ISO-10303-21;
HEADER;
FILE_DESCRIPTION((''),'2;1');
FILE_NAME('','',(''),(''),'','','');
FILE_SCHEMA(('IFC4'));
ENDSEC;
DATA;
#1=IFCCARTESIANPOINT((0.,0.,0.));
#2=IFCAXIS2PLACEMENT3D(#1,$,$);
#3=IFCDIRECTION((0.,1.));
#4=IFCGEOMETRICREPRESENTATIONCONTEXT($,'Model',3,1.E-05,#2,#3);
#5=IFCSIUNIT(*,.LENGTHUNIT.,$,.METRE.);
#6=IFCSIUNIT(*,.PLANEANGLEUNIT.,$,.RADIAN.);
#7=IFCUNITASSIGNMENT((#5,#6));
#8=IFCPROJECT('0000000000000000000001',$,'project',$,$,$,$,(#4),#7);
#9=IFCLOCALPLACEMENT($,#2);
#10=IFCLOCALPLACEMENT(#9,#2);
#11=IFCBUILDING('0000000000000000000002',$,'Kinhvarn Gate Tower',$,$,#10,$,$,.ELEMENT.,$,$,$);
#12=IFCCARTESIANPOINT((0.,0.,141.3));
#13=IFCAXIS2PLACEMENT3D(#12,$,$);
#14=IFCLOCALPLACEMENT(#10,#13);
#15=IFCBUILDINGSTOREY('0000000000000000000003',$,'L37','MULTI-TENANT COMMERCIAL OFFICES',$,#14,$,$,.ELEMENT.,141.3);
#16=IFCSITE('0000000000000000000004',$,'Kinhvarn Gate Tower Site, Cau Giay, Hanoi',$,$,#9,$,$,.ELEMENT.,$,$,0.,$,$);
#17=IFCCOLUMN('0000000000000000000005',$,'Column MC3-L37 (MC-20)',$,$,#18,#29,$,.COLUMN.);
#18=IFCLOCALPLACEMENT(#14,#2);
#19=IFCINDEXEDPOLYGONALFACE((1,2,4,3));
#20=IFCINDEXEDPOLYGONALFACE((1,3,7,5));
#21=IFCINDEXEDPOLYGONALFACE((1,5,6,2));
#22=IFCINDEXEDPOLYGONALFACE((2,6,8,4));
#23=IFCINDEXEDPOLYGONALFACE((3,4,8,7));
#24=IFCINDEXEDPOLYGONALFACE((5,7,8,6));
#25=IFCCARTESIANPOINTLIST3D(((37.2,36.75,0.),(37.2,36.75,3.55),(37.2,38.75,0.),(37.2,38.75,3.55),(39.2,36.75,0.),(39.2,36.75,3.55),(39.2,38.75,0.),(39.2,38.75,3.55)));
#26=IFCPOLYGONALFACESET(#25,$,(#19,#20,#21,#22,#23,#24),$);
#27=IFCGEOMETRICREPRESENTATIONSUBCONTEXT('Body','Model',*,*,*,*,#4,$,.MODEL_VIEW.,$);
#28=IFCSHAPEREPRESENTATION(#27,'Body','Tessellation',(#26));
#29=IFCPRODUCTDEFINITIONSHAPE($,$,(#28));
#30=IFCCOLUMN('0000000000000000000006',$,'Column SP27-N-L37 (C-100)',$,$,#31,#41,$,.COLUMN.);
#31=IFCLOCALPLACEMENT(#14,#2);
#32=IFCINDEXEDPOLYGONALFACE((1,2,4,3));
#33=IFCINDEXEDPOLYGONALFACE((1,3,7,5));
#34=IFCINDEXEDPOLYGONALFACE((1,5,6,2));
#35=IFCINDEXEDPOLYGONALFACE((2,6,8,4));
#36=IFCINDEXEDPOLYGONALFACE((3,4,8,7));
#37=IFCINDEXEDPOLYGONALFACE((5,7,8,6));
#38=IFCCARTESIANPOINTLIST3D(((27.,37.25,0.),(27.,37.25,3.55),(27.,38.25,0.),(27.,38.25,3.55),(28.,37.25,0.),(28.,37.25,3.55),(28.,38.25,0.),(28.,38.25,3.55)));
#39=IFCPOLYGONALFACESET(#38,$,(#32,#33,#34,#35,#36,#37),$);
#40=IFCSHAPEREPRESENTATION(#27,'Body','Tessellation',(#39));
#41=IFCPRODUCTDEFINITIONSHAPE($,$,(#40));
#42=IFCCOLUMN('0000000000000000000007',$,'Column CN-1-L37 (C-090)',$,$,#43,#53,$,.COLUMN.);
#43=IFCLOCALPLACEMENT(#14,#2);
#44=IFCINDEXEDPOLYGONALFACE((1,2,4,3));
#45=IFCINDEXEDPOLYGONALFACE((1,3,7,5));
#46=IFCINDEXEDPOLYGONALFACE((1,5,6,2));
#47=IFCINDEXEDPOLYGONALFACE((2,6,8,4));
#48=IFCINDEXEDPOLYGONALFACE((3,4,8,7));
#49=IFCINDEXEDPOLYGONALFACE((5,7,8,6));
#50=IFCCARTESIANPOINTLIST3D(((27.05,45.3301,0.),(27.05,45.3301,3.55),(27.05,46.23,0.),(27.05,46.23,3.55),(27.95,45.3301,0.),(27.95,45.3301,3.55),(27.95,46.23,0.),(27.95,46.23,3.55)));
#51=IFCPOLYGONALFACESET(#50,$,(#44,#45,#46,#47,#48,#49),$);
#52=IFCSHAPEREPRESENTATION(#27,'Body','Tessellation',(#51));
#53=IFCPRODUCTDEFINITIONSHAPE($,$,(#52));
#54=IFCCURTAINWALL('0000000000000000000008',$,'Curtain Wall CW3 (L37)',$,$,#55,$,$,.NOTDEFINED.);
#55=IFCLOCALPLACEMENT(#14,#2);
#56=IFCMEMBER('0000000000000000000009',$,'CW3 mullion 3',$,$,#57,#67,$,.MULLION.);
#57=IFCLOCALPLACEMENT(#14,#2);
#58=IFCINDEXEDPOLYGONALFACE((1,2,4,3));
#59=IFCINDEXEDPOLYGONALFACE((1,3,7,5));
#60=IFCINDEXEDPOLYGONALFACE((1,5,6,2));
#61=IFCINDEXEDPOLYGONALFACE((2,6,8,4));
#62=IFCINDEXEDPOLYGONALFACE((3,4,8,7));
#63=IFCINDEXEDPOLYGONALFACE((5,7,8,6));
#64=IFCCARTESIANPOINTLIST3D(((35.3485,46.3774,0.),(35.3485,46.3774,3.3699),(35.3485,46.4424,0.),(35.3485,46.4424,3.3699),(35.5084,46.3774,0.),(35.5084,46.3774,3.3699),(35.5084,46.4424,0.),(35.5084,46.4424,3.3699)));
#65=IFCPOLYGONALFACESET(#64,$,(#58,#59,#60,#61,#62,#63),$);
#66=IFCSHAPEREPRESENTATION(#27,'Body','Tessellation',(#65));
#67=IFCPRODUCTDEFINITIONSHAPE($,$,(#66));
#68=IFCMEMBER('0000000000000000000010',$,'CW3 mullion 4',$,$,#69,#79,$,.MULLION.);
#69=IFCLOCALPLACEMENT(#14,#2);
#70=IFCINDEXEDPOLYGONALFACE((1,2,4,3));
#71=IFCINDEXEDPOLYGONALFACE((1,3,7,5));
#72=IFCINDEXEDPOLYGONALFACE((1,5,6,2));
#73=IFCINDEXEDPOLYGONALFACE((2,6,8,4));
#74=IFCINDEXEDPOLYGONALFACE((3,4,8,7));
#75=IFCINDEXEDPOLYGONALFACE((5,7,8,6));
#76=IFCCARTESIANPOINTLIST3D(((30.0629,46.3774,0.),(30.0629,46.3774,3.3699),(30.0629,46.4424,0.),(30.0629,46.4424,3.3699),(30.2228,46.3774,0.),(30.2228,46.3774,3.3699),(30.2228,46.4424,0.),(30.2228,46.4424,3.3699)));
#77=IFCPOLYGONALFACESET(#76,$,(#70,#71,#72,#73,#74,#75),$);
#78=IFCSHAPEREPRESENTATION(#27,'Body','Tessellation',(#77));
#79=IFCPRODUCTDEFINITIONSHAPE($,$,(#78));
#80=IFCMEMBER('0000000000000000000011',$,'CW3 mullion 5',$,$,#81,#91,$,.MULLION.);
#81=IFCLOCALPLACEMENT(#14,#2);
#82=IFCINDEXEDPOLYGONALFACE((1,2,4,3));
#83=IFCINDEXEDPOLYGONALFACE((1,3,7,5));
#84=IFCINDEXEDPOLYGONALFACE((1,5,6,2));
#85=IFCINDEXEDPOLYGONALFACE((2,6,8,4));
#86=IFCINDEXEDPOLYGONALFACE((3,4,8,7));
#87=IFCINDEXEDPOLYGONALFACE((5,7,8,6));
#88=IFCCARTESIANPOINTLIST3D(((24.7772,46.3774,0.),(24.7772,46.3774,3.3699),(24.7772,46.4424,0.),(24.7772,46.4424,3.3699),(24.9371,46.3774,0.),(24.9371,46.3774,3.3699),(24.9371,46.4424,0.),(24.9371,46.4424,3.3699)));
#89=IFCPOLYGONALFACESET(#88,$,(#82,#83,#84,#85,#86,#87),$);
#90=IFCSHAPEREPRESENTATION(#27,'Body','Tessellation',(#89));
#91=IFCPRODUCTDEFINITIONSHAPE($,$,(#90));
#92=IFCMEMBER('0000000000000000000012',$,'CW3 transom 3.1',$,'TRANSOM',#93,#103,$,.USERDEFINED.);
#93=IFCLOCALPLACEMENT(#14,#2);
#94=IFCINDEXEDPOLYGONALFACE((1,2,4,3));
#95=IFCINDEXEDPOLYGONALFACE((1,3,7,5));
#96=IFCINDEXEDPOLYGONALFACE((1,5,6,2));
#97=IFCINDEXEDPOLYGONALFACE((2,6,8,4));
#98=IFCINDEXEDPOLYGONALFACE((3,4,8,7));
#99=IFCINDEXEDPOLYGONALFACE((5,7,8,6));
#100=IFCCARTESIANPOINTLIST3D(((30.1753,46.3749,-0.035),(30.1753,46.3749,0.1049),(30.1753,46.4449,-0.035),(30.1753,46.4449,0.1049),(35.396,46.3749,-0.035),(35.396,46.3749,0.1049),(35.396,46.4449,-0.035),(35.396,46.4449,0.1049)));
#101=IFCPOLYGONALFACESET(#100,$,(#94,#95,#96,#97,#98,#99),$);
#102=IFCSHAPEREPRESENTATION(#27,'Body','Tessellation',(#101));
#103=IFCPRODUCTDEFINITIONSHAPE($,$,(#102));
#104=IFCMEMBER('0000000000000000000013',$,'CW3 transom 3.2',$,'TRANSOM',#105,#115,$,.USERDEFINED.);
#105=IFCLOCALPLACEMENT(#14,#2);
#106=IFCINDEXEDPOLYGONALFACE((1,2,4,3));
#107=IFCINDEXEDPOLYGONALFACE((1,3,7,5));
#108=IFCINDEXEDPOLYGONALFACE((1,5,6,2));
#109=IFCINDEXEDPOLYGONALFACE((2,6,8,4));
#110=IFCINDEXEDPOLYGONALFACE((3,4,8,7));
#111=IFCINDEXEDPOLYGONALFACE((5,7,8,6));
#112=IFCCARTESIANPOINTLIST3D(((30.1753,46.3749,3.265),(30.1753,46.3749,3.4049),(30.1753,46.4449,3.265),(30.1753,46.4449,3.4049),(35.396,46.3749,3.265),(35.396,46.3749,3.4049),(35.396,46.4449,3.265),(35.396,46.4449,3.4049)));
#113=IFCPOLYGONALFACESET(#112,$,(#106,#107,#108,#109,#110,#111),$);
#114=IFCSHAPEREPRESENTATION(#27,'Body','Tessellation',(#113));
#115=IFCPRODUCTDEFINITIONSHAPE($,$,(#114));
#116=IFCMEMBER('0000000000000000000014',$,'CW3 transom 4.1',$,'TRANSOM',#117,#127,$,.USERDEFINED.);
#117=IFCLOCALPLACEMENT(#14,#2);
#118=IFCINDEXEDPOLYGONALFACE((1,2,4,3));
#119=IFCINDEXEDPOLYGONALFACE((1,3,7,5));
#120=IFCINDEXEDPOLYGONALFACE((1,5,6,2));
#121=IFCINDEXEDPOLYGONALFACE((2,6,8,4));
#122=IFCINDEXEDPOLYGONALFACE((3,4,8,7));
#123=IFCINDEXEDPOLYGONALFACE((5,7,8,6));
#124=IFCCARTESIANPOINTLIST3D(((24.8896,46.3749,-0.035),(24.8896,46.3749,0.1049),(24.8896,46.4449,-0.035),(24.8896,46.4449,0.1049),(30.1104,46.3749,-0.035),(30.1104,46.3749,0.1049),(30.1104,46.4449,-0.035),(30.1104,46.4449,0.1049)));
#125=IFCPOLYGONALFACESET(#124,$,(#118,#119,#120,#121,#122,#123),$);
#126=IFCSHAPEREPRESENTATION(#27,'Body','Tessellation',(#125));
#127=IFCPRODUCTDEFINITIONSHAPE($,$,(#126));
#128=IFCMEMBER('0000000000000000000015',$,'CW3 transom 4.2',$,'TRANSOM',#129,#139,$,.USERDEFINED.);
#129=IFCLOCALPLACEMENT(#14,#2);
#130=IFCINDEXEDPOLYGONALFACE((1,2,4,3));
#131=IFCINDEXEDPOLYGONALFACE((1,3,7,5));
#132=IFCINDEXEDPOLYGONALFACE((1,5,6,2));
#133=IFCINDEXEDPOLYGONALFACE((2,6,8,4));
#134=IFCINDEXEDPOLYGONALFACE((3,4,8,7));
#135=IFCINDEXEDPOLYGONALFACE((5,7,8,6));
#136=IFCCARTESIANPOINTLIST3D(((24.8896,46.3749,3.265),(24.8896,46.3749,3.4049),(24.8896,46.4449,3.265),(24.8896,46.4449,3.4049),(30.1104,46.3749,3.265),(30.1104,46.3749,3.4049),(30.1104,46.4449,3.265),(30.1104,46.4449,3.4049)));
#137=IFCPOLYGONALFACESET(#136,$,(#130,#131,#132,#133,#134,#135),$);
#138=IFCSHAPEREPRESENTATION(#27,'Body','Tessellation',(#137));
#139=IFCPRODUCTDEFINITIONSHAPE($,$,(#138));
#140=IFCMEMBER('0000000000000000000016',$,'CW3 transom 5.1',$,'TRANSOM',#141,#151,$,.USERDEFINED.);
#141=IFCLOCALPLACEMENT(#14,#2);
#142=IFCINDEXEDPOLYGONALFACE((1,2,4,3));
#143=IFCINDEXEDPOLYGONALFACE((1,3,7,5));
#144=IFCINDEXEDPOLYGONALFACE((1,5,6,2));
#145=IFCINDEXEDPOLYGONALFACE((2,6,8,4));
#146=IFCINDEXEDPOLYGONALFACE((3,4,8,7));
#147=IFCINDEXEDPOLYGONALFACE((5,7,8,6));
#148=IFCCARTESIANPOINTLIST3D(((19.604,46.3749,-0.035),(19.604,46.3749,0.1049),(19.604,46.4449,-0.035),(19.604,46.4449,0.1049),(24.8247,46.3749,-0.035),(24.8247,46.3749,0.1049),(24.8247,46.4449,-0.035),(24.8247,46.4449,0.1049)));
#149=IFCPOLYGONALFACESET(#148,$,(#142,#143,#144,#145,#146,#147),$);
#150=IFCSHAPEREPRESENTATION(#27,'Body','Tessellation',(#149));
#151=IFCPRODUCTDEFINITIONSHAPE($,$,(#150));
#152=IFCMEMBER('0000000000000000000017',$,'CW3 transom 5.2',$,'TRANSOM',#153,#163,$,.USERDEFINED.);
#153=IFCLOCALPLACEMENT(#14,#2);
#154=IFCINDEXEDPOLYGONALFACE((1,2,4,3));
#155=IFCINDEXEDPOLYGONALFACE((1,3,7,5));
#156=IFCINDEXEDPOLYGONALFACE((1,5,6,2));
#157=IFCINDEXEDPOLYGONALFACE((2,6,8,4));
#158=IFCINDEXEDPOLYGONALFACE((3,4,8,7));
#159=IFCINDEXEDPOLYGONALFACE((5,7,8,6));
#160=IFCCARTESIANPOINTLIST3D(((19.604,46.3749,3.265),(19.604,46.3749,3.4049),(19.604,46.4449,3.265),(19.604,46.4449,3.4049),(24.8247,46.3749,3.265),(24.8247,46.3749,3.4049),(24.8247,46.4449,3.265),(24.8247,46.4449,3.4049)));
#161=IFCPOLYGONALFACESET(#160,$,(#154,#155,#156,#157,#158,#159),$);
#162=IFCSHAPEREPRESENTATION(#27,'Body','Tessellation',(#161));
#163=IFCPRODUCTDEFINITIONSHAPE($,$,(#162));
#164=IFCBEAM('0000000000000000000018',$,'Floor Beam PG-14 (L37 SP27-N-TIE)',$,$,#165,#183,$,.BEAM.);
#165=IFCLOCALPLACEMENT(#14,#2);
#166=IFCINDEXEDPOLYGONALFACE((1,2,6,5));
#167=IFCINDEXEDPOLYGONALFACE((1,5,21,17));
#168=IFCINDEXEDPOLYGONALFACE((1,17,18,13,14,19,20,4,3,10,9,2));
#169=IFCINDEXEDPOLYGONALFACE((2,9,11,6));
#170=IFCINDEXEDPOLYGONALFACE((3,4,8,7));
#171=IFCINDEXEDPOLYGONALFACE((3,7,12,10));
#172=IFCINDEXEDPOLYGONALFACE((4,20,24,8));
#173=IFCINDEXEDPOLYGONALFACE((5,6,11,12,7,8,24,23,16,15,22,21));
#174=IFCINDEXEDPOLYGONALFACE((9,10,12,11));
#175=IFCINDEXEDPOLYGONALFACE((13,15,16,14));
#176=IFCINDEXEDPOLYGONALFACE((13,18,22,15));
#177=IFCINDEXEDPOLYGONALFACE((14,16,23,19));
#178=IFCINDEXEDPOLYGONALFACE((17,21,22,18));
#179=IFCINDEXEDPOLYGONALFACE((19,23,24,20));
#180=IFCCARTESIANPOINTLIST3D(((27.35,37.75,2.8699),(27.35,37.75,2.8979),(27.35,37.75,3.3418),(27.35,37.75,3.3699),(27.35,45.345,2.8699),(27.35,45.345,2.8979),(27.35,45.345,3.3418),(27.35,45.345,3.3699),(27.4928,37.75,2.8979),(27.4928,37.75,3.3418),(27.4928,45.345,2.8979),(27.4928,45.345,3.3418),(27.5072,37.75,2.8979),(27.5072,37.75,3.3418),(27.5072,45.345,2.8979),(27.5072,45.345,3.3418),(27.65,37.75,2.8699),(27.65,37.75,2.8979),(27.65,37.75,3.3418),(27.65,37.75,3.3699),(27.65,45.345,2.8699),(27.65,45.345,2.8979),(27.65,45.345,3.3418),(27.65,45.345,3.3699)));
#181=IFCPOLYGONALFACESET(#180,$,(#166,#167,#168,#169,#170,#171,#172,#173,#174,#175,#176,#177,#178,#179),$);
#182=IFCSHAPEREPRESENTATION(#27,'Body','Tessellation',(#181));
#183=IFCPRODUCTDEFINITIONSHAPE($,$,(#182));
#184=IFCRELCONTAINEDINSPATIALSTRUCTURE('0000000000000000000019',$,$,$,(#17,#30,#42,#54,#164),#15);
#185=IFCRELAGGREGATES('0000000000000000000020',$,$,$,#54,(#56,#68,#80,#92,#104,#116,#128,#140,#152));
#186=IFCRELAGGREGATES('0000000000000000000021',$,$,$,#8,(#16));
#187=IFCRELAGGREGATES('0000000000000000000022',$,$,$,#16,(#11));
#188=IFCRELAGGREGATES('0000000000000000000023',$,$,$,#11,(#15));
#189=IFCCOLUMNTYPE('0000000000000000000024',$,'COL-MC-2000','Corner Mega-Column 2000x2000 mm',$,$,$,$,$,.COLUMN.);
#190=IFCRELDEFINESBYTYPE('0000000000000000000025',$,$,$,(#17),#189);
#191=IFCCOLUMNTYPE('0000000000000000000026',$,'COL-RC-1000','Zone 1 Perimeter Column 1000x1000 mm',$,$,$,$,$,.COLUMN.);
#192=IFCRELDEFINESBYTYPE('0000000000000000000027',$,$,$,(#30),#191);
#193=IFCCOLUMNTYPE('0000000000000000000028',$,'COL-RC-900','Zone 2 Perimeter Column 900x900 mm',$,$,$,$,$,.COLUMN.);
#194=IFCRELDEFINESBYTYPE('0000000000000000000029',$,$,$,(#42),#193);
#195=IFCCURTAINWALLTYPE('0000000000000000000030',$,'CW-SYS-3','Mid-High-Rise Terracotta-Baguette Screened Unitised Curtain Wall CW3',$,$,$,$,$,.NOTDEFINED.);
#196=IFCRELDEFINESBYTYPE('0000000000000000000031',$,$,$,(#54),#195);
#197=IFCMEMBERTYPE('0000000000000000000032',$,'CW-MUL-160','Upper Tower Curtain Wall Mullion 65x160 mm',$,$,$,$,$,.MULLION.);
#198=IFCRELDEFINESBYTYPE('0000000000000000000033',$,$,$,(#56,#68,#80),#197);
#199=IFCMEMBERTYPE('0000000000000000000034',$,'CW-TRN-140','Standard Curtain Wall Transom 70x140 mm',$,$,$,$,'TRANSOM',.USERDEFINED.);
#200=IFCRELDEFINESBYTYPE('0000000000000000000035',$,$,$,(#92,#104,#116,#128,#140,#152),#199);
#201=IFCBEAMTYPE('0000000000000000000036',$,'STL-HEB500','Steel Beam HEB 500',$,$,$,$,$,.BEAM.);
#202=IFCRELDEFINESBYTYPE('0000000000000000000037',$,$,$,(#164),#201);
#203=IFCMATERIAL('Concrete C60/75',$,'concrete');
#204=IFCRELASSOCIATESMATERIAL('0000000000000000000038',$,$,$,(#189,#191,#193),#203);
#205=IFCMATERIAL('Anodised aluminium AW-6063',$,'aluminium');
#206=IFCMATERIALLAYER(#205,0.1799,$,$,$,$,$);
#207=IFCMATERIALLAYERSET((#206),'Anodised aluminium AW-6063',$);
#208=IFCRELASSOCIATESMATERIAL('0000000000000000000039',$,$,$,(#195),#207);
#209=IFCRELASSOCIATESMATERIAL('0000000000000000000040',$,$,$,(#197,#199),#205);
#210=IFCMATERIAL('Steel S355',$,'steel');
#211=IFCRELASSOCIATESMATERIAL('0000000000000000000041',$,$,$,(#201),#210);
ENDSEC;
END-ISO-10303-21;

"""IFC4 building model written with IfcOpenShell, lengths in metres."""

from ifc_helpers import new_model, si_unit, direction, frame, origin, origin_2d, place, context, subcontext, project, spatial, rectangle, i_section, extrude, material, layer, layer_set, material_profile, profile_set, type_object, element, aggregate, save


model = new_model("IFC4")

# Units and contexts
model_context = context("Model", 3, precision=1e-05, world=origin(), true_north=direction((0.0, 1.0)))
body_context = subcontext(model_context, "Body", "Model", "MODEL_VIEW")
ifc_project = project(units=[si_unit("LENGTHUNIT", "METRE"), si_unit("PLANEANGLEUNIT", "RADIAN")], contexts=[model_context])

# Site, building, storey
site_placement = place(None, origin())
site = spatial("IfcSite", under=ifc_project, at=site_placement, Name="Kinhvarn Gate Tower Site, Cau Giay, Hanoi", CompositionType="ELEMENT", RefElevation=0.0)
building_placement = place(site_placement, origin())
building = spatial("IfcBuilding", under=site, at=building_placement, Name="Kinhvarn Gate Tower", CompositionType="ELEMENT")
storey_placement = place(building_placement, frame((0.0, 0.0, 141.3)))
storey = spatial("IfcBuildingStorey", under=building, at=storey_placement, Name="L37", Description="MULTI-TENANT COMMERCIAL OFFICES", CompositionType="ELEMENT", Elevation=141.3)

# Columns
ifc_material_1 = material(Name="Concrete C60/75", Category="concrete")
ifc_material_profile_1 = material_profile(ifc_material_1, rectangle(XDim=2.0, YDim=2.0, at=origin_2d()), Name="RC 2000x2000")
ifc_profile_set_1 = profile_set([ifc_material_profile_1], Name="Concrete C60/75")
column_type_1 = type_object("IfcColumnType", Name="COL-MC-2000", Description="Corner Mega-Column 2000x2000 mm", PredefinedType="COLUMN", material=ifc_profile_set_1)
column_1_placement = place(storey_placement, frame((38.2, 37.75, 0.0), z_axis=(0.0, 0.0, 1.0), x_axis=(1.0, 0.0, 0.0)))
element("IfcColumn", 1, at=column_1_placement, inside=storey, type_object=column_type_1, Name="Column MC3-L37 (MC-20)", PredefinedType="COLUMN", context=body_context, shape_type="SweptSolid", body=[
    extrude(rectangle(XDim=2.0, YDim=2.0, at=origin_2d()), origin(), (0.0, 0.0, 1.0), 3.55),
])
ifc_material_profile_2 = material_profile(ifc_material_1, rectangle(XDim=1.0, YDim=1.0, at=origin_2d()), Name="RC 1000x1000")
ifc_profile_set_2 = profile_set([ifc_material_profile_2], Name="Concrete C60/75")
column_type_2 = type_object("IfcColumnType", Name="COL-RC-1000", Description="Zone 1 Perimeter Column 1000x1000 mm", PredefinedType="COLUMN", material=ifc_profile_set_2)
column_2_placement = place(storey_placement, frame((27.5, 37.75, 0.0), z_axis=(0.0, 0.0, 1.0), x_axis=(1.0, 0.0, 0.0)))
element("IfcColumn", 2, at=column_2_placement, inside=storey, type_object=column_type_2, Name="Column SP27-N-L37 (C-100)", PredefinedType="COLUMN", context=body_context, shape_type="SweptSolid", body=[
    extrude(rectangle(XDim=1.0, YDim=1.0, at=origin_2d()), origin(), (0.0, 0.0, 1.0), 3.55),
])
ifc_material_profile_3 = material_profile(ifc_material_1, rectangle(XDim=0.8999, YDim=0.8999, at=origin_2d()), Name="RC 900x900")
ifc_profile_set_3 = profile_set([ifc_material_profile_3], Name="Concrete C60/75")
column_type_3 = type_object("IfcColumnType", Name="COL-RC-900", Description="Zone 2 Perimeter Column 900x900 mm", PredefinedType="COLUMN", material=ifc_profile_set_3)
column_3_placement = place(storey_placement, frame((27.5, 45.78, 0.0), z_axis=(0.0, 0.0, 1.0), x_axis=(1.0, 0.0, 0.0)))
element("IfcColumn", 3, at=column_3_placement, inside=storey, type_object=column_type_3, Name="Column CN-1-L37 (C-090)", PredefinedType="COLUMN", context=body_context, shape_type="SweptSolid", body=[
    extrude(rectangle(XDim=0.8999, YDim=0.8999, at=origin_2d()), origin(), (0.0, 0.0, 1.0), 3.55),
])

# Curtain wall, members
ifc_material_2 = material(Name="Anodised aluminium AW-6063", Category="aluminium")
ifc_layer_1 = layer(ifc_material_2, 0.1799)
ifc_layer_set_1 = layer_set([ifc_layer_1], Name="Anodised aluminium AW-6063")
curtain_wall_type = type_object("IfcCurtainWallType", Name="CW-SYS-3", Description="Mid-High-Rise Terracotta-Baguette Screened Unitised Curtain Wall CW3", PredefinedType="NOTDEFINED", material=ifc_layer_set_1)
curtain_wall_placement = place(storey_placement, origin())
curtain_wall = element("IfcCurtainWall", 4, at=curtain_wall_placement, inside=storey, type_object=curtain_wall_type, Name="Curtain Wall CW3 (L37)", PredefinedType="NOTDEFINED")
ifc_material_profile_4 = material_profile(ifc_material_2, rectangle(XDim=0.0649, YDim=0.1599, at=origin_2d()), Name="ALU 65x160")
ifc_profile_set_4 = profile_set([ifc_material_profile_4], Name="Anodised aluminium AW-6063")
member_type_1 = type_object("IfcMemberType", Name="CW-MUL-160", Description="Upper Tower Curtain Wall Mullion 65x160 mm", PredefinedType="MULLION", material=ifc_profile_set_4)
member_1_placement = place(storey_placement, frame((35.4285, 46.4099, 0.0), z_axis=(0.0, 0.0, 1.0), x_axis=(0.0, -1.0, 0.0)))
member_1 = element("IfcMember", 5, at=member_1_placement, type_object=member_type_1, Name="CW3 mullion 3", PredefinedType="MULLION", context=body_context, shape_type="SweptSolid", body=[
    extrude(rectangle(XDim=0.0649, YDim=0.1599, at=origin_2d()), origin(), (0.0, 0.0, 1.0), 3.3699),
])
member_2_placement = place(storey_placement, frame((30.1428, 46.4099, 0.0), z_axis=(0.0, 0.0, 1.0), x_axis=(0.0, -1.0, 0.0)))
member_2 = element("IfcMember", 6, at=member_2_placement, type_object=member_type_1, Name="CW3 mullion 4", PredefinedType="MULLION", context=body_context, shape_type="SweptSolid", body=[
    extrude(rectangle(XDim=0.0649, YDim=0.1599, at=origin_2d()), origin(), (0.0, 0.0, 1.0), 3.3699),
])
member_3_placement = place(storey_placement, frame((24.8572, 46.4099, 0.0), z_axis=(0.0, 0.0, 1.0), x_axis=(0.0, -1.0, 0.0)))
member_3 = element("IfcMember", 7, at=member_3_placement, type_object=member_type_1, Name="CW3 mullion 5", PredefinedType="MULLION", context=body_context, shape_type="SweptSolid", body=[
    extrude(rectangle(XDim=0.0649, YDim=0.1599, at=origin_2d()), origin(), (0.0, 0.0, 1.0), 3.3699),
])
ifc_material_profile_5 = material_profile(ifc_material_2, rectangle(XDim=0.0701, YDim=0.1399, at=origin_2d()), Name="ALU 70x140")
ifc_profile_set_5 = profile_set([ifc_material_profile_5], Name="Anodised aluminium AW-6063")
member_type_2 = type_object("IfcMemberType", Name="CW-TRN-140", Description="Standard Curtain Wall Transom 70x140 mm", ElementType="TRANSOM", PredefinedType="USERDEFINED", material=ifc_profile_set_5)
member_4_placement = place(storey_placement, frame((35.396, 46.4099, 0.0349), z_axis=(-1.0, 0.0, 0.0), x_axis=(0.0, -1.0, 0.0)))
member_4 = element("IfcMember", 8, at=member_4_placement, type_object=member_type_2, Name="CW3 transom 3.1", ObjectType="TRANSOM", PredefinedType="USERDEFINED", context=body_context, shape_type="SweptSolid", body=[
    extrude(rectangle(XDim=0.0701, YDim=0.1399, at=origin_2d()), origin(), (0.0, 0.0, 1.0), 5.2207),
])
member_5_placement = place(storey_placement, frame((35.396, 46.4099, 3.335), z_axis=(-1.0, 0.0, 0.0), x_axis=(0.0, -1.0, 0.0)))
member_5 = element("IfcMember", 9, at=member_5_placement, type_object=member_type_2, Name="CW3 transom 3.2", ObjectType="TRANSOM", PredefinedType="USERDEFINED", context=body_context, shape_type="SweptSolid", body=[
    extrude(rectangle(XDim=0.0701, YDim=0.1399, at=origin_2d()), origin(), (0.0, 0.0, 1.0), 5.2207),
])
member_6_placement = place(storey_placement, frame((30.1104, 46.4099, 0.0349), z_axis=(-1.0, 0.0, 0.0), x_axis=(0.0, -1.0, 0.0)))
member_6 = element("IfcMember", 10, at=member_6_placement, type_object=member_type_2, Name="CW3 transom 4.1", ObjectType="TRANSOM", PredefinedType="USERDEFINED", context=body_context, shape_type="SweptSolid", body=[
    extrude(rectangle(XDim=0.0701, YDim=0.1399, at=origin_2d()), origin(), (0.0, 0.0, 1.0), 5.2207),
])
member_7_placement = place(storey_placement, frame((30.1104, 46.4099, 3.335), z_axis=(-1.0, 0.0, 0.0), x_axis=(0.0, -1.0, 0.0)))
member_7 = element("IfcMember", 11, at=member_7_placement, type_object=member_type_2, Name="CW3 transom 4.2", ObjectType="TRANSOM", PredefinedType="USERDEFINED", context=body_context, shape_type="SweptSolid", body=[
    extrude(rectangle(XDim=0.0701, YDim=0.1399, at=origin_2d()), origin(), (0.0, 0.0, 1.0), 5.2207),
])
member_8_placement = place(storey_placement, frame((24.8247, 46.4099, 0.0349), z_axis=(-1.0, 0.0, 0.0), x_axis=(0.0, -1.0, 0.0)))
member_8 = element("IfcMember", 12, at=member_8_placement, type_object=member_type_2, Name="CW3 transom 5.1", ObjectType="TRANSOM", PredefinedType="USERDEFINED", context=body_context, shape_type="SweptSolid", body=[
    extrude(rectangle(XDim=0.0701, YDim=0.1399, at=origin_2d()), origin(), (0.0, 0.0, 1.0), 5.2207),
])
member_9_placement = place(storey_placement, frame((24.8247, 46.4099, 3.335), z_axis=(-1.0, 0.0, 0.0), x_axis=(0.0, -1.0, 0.0)))
member_9 = element("IfcMember", 13, at=member_9_placement, type_object=member_type_2, Name="CW3 transom 5.2", ObjectType="TRANSOM", PredefinedType="USERDEFINED", context=body_context, shape_type="SweptSolid", body=[
    extrude(rectangle(XDim=0.0701, YDim=0.1399, at=origin_2d()), origin(), (0.0, 0.0, 1.0), 5.2207),
])

# Beam
ifc_material_3 = material(Name="Steel S355", Category="steel")
ifc_material_profile_6 = material_profile(ifc_material_3, i_section(OverallWidth=0.3, OverallDepth=0.5, WebThickness=0.0144, FlangeThickness=0.0281, at=origin_2d()), Name="HEB 500")
ifc_profile_set_6 = profile_set([ifc_material_profile_6], Name="Steel S355")
beam_type_1 = type_object("IfcBeamType", Name="STL-HEB500", Description="Steel Beam HEB 500", PredefinedType="BEAM", material=ifc_profile_set_6)
for number, where, z_axis, x_axis, name in (
    (14, (27.5, 37.75, 3.1199), (0.0, 1.0, 0.0), (-1.0, 0.0, 0.0), "Floor Beam PG-14 (L37 SP27-N-TIE)"),
):
    element("IfcBeam", number, at=place(storey_placement, frame(where, z_axis=z_axis, x_axis=x_axis)), inside=storey, type_object=beam_type_1, Name=name, PredefinedType="BEAM", context=body_context, shape_type="SweptSolid", body=[
        extrude(i_section(OverallWidth=0.3, OverallDepth=0.5, WebThickness=0.0144, FlangeThickness=0.0281, at=origin_2d()), origin(), (0.0, 0.0, 1.0), 7.595),
    ])

aggregate(curtain_wall, [member_1, member_2, member_3, member_4, member_5, member_6, member_7, member_8, member_9])

save(model, "model.ifc")
